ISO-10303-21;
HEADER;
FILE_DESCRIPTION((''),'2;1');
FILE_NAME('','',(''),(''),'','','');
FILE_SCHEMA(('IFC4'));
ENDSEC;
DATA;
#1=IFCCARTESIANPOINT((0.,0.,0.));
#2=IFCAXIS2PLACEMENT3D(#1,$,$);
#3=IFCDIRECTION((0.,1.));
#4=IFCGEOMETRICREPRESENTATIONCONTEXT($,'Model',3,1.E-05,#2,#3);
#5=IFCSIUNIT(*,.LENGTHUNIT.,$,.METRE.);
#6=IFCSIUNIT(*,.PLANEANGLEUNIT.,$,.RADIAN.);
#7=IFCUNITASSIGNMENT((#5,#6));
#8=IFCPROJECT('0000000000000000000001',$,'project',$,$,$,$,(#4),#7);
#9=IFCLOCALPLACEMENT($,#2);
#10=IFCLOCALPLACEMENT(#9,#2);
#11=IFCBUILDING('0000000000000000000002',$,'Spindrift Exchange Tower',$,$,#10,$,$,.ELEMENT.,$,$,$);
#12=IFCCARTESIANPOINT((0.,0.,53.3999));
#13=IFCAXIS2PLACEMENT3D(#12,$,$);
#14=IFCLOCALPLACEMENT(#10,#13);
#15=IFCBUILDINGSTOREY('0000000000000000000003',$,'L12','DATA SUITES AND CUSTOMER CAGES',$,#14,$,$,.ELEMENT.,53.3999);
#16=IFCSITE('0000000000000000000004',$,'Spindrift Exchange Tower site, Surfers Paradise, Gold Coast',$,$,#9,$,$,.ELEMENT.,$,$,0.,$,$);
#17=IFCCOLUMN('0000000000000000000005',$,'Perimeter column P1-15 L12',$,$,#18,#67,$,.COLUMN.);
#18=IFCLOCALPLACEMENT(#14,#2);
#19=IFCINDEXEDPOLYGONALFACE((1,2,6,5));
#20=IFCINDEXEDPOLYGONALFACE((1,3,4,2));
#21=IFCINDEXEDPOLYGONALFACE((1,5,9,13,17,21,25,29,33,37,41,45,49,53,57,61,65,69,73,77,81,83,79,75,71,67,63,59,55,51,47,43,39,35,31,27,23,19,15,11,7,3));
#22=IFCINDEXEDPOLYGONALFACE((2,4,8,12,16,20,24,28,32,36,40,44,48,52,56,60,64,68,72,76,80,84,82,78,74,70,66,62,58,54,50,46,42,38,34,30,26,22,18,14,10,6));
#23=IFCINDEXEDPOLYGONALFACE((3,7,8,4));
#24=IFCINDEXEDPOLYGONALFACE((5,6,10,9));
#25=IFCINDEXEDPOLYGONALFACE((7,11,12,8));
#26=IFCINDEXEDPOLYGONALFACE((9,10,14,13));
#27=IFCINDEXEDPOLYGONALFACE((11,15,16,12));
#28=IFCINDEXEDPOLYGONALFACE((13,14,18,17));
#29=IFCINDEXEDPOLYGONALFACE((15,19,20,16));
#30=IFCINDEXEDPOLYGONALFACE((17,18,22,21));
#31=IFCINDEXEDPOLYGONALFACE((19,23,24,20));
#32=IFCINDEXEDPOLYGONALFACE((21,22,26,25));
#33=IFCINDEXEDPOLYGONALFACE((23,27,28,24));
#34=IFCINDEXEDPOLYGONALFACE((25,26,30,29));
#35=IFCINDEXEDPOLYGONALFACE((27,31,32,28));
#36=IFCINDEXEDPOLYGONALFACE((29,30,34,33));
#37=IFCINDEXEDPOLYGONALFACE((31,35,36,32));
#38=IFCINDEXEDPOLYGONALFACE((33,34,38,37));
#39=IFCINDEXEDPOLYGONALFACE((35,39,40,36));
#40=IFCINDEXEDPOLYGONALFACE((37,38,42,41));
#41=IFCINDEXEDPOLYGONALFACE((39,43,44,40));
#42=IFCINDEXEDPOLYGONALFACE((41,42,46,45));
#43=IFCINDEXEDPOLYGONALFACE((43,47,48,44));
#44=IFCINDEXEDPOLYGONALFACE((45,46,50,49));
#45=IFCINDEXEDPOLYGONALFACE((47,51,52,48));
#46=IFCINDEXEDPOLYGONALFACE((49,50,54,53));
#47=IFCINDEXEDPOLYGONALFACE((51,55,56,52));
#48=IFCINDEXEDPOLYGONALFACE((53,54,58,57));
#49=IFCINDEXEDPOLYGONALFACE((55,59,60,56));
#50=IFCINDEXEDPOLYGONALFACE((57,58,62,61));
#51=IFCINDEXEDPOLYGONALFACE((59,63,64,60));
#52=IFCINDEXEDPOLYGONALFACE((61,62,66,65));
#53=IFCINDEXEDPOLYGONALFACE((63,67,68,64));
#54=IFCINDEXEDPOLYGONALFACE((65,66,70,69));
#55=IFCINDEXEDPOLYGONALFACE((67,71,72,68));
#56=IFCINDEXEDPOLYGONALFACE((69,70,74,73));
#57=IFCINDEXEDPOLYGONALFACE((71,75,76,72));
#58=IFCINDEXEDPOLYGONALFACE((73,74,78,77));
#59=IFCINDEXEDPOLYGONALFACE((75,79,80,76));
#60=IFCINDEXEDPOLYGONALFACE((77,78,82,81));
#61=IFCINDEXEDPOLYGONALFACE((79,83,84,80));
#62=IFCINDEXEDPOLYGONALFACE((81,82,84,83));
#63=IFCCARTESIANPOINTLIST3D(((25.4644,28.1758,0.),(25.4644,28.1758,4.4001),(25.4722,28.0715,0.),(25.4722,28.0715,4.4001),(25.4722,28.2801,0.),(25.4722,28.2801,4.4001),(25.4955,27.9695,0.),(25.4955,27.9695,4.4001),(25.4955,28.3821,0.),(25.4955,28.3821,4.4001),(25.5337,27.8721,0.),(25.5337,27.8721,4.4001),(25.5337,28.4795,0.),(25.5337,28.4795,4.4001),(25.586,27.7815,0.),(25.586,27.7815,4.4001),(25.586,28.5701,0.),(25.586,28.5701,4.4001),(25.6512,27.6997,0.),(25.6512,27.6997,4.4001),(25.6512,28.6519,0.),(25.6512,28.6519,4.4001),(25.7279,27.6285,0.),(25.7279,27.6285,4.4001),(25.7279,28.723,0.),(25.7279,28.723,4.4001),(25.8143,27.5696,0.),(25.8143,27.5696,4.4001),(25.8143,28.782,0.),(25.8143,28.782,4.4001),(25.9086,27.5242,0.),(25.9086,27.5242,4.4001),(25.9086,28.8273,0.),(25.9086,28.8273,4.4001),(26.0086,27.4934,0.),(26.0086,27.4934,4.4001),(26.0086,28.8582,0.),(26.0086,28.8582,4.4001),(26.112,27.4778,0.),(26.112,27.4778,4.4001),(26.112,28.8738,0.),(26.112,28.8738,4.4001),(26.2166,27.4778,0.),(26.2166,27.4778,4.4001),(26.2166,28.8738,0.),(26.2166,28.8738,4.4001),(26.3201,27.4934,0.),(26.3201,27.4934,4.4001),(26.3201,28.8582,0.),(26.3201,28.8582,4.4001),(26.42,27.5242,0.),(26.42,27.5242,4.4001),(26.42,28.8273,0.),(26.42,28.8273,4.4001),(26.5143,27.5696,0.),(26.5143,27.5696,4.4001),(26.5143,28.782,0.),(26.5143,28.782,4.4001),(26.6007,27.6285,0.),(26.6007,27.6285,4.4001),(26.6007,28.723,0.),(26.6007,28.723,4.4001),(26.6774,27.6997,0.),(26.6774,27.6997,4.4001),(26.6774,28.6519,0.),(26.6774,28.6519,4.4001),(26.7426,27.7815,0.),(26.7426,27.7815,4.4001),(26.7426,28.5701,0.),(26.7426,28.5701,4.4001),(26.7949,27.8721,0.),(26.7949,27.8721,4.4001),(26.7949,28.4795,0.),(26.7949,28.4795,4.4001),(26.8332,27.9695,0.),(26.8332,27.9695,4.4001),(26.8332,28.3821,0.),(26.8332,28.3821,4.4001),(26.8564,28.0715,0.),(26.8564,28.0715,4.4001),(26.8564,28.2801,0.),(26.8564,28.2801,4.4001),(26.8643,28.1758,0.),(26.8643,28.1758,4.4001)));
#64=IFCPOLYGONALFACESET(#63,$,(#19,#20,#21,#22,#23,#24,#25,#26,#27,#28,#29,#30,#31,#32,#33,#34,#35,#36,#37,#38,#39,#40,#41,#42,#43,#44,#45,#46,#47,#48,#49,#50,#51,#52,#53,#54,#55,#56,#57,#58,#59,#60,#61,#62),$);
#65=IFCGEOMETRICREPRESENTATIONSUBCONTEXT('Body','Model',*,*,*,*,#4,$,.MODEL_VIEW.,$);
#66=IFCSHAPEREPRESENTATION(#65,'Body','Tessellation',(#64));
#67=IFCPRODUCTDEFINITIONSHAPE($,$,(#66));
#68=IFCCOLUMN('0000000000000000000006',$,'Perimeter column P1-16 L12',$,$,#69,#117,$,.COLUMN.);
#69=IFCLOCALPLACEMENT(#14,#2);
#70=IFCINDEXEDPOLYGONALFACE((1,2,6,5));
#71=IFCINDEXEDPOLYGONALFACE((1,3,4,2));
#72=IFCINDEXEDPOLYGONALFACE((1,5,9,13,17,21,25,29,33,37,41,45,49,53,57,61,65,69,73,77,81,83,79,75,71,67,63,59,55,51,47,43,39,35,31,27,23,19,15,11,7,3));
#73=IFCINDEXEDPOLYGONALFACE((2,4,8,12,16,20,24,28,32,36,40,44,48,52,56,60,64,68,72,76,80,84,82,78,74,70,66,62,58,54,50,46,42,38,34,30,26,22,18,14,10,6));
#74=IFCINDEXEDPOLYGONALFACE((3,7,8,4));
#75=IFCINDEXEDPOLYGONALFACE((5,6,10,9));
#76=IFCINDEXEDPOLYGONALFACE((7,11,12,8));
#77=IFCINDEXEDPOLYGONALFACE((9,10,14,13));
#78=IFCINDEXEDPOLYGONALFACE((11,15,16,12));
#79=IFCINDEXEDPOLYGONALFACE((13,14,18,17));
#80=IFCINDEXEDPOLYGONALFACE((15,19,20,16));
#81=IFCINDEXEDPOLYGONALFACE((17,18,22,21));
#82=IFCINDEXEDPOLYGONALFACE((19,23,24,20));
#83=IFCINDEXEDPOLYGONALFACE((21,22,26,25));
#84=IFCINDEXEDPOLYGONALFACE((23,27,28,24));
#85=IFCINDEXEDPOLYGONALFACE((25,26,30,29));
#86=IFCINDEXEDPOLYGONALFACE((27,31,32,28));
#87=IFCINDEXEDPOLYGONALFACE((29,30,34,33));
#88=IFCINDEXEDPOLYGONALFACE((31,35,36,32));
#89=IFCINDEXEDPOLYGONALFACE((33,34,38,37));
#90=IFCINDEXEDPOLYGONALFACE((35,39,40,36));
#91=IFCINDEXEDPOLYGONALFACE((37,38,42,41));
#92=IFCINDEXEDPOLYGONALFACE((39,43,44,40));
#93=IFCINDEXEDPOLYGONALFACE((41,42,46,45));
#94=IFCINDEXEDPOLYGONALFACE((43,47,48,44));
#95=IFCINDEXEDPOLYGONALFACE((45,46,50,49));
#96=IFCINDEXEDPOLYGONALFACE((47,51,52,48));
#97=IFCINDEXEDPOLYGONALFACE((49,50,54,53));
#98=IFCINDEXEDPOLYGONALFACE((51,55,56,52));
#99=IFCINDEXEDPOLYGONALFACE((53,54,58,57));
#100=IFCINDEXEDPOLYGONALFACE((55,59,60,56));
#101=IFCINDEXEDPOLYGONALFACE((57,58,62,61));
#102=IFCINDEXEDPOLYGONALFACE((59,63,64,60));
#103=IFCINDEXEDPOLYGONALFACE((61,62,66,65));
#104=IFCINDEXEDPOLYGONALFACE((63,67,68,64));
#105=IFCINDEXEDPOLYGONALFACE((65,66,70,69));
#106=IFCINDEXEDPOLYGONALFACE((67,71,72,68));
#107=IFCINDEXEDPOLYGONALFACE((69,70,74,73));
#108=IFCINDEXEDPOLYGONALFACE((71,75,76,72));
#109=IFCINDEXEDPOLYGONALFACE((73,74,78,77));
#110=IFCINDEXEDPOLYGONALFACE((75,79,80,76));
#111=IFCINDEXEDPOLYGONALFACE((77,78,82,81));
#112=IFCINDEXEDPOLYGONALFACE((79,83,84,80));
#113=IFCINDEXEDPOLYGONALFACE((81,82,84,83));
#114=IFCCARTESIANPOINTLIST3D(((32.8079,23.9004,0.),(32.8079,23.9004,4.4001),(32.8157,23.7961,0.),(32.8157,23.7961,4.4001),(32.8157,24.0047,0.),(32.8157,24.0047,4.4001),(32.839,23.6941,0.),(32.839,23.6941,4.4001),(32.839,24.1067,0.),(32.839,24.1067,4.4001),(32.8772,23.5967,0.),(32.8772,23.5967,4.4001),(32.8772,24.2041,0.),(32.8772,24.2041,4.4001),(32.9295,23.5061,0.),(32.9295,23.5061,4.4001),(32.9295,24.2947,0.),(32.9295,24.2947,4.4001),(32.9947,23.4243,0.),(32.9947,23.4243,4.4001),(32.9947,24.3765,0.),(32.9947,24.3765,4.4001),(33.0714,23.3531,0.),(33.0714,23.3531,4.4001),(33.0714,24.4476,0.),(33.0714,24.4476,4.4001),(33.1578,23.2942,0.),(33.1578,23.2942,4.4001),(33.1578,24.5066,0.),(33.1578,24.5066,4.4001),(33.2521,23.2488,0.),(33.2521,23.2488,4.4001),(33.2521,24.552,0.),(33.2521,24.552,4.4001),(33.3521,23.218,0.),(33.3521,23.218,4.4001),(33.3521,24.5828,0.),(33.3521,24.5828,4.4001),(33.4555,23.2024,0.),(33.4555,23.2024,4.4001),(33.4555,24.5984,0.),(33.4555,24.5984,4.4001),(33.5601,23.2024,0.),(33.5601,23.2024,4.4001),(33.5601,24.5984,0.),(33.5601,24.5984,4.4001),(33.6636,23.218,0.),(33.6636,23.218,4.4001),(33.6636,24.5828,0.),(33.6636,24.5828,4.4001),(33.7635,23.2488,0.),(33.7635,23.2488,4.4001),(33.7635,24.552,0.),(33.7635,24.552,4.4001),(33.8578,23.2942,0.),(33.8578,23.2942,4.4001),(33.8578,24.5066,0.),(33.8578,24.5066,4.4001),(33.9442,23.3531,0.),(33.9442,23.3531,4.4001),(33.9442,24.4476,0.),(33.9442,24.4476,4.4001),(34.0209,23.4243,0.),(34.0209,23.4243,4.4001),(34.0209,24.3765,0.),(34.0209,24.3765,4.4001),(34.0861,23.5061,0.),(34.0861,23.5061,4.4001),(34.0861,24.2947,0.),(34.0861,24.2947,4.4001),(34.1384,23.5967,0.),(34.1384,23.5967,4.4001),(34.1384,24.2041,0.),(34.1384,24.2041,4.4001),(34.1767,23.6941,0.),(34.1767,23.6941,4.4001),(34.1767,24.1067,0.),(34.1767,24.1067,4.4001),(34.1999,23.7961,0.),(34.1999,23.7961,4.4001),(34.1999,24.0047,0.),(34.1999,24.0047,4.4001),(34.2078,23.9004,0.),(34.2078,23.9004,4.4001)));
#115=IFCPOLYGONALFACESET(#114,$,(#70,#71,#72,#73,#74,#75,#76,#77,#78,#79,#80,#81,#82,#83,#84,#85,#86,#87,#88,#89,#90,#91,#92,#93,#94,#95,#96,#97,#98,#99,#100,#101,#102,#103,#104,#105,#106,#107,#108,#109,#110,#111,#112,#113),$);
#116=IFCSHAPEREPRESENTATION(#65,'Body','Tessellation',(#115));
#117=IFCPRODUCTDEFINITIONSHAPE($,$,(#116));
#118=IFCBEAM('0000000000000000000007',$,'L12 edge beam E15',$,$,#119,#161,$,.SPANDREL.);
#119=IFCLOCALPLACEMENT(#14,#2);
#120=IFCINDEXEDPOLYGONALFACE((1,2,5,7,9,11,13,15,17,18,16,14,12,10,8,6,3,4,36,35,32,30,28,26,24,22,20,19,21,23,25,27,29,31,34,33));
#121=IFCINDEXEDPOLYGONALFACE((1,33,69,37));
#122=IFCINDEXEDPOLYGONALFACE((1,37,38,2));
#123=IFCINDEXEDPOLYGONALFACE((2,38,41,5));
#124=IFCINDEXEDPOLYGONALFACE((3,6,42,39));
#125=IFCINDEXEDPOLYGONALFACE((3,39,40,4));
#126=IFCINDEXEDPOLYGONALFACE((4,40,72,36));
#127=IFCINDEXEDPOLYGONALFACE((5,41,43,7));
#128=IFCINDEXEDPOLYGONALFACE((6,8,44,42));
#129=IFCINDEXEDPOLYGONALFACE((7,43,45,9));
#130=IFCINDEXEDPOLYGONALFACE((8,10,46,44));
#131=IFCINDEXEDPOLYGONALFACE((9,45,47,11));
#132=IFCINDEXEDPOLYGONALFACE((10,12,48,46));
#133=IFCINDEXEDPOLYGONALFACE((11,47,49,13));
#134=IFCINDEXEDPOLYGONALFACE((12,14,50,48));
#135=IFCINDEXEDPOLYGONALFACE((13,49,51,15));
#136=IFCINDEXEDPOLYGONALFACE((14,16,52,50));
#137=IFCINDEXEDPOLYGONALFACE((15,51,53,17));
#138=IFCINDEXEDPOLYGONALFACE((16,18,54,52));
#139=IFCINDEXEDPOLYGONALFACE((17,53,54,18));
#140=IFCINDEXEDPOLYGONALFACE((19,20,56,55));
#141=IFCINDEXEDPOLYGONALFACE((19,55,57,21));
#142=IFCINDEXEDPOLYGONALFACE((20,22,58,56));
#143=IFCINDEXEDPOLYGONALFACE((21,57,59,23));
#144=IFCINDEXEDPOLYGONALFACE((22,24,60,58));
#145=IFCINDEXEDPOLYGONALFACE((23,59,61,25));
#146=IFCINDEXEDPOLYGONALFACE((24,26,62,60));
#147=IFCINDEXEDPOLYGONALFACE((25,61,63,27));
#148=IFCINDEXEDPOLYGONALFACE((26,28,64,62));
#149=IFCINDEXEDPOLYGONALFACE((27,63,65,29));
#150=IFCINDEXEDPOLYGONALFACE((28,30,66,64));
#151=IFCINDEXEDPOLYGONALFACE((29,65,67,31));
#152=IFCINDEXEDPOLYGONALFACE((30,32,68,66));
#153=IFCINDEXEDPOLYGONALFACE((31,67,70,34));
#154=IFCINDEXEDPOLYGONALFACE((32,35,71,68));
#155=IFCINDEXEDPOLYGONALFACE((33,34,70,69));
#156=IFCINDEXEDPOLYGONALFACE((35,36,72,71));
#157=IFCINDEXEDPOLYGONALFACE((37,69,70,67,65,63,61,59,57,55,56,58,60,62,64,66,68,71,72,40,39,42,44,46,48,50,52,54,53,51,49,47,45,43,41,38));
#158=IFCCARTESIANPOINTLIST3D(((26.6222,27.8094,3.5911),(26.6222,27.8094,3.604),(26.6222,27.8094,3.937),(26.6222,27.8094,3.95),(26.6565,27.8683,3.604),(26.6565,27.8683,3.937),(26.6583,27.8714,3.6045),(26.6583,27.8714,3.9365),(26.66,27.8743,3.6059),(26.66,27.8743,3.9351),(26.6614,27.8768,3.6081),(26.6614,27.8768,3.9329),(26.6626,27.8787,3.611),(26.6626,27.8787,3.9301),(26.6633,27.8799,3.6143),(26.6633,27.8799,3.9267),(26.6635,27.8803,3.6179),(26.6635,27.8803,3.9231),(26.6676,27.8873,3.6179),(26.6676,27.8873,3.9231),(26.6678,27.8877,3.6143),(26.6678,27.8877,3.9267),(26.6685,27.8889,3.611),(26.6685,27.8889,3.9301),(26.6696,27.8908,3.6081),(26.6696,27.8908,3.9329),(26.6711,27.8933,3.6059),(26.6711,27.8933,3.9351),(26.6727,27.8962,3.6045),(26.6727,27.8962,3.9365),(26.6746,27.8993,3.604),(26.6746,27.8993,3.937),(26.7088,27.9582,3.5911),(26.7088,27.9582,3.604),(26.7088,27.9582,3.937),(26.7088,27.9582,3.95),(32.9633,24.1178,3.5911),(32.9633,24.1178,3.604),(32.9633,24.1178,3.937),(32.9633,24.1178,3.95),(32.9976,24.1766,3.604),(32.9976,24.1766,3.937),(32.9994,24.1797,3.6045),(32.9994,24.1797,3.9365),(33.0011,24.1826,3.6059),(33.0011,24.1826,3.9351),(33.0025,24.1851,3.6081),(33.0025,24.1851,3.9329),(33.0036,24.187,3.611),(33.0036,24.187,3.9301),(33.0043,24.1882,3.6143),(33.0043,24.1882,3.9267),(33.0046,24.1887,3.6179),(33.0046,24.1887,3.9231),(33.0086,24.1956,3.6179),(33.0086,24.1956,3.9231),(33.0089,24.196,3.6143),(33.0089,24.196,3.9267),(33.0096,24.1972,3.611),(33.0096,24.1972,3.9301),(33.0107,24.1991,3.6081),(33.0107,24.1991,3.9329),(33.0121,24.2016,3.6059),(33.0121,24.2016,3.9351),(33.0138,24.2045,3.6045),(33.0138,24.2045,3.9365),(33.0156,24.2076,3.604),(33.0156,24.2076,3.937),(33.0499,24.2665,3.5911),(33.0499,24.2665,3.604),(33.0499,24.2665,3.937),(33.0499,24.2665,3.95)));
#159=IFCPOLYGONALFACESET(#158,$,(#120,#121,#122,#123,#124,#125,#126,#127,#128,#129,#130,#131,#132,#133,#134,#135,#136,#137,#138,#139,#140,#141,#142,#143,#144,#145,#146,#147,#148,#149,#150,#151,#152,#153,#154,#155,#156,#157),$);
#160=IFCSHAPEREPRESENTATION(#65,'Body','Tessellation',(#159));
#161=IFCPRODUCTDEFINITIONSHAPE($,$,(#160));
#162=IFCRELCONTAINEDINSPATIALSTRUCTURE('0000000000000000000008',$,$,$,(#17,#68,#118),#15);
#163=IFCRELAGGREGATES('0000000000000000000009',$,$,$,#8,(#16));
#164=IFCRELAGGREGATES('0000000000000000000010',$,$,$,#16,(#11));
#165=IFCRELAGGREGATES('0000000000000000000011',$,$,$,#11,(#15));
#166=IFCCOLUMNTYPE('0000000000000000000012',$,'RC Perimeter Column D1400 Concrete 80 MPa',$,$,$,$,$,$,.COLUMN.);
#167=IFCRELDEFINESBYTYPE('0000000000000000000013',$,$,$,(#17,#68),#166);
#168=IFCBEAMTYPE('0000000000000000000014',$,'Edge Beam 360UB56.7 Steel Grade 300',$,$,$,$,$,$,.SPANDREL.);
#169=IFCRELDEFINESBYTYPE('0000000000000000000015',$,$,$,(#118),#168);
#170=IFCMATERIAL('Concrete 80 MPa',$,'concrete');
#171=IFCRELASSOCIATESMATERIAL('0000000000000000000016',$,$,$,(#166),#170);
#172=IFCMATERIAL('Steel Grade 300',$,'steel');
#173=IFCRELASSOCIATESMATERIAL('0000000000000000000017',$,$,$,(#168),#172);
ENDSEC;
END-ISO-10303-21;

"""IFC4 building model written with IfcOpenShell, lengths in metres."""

from ifc_helpers import new_model, si_unit, direction, frame, origin, origin_2d, place, context, subcontext, project, spatial, circle, i_section, extrude, source, transform, mapped, material, material_profile, profile_set, type_object, element, save


model = new_model("IFC4")

# Units and contexts
model_context = context("Model", 3, precision=1e-05, world=origin(), true_north=direction((0.0, 1.0)))
body_context = subcontext(model_context, "Body", "Model", "MODEL_VIEW")
ifc_project = project(units=[si_unit("LENGTHUNIT", "METRE"), si_unit("PLANEANGLEUNIT", "RADIAN")], contexts=[model_context])

# Site, building, storey
site_placement = place(None, origin())
site = spatial("IfcSite", under=ifc_project, at=site_placement, Name="Spindrift Exchange Tower site, Surfers Paradise, Gold Coast", CompositionType="ELEMENT", RefElevation=0.0)
building_placement = place(site_placement, origin())
building = spatial("IfcBuilding", under=site, at=building_placement, Name="Spindrift Exchange Tower", CompositionType="ELEMENT")
storey_placement = place(building_placement, frame((0.0, 0.0, 53.3999)))
storey = spatial("IfcBuildingStorey", under=building, at=storey_placement, Name="L12", Description="DATA SUITES AND CUSTOMER CAGES", CompositionType="ELEMENT", Elevation=53.3999)

# Columns
ifc_material_1 = material(Name="Concrete 80 MPa", Category="concrete")
ifc_material_profile_1 = material_profile(ifc_material_1, circle(Radius=0.7, at=origin_2d()), Name="RC D1400")
ifc_profile_set_1 = profile_set([ifc_material_profile_1], Name="Concrete 80 MPa")
column_type = type_object("IfcColumnType", Name="RC Perimeter Column D1400 Concrete 80 MPa", PredefinedType="COLUMN", material=ifc_profile_set_1)
shared_shape_1 = source(origin(), body_context, "Body", "SweptSolid", [
    extrude(circle(Radius=0.7, at=origin_2d()), origin(), (0.0, 0.0, 1.0), 4.4001),
])
for number, where, z_axis, x_axis, name in (
    (1, (26.1643, 28.1758, 0.0), (0.0, 0.0, 1.0), (1.0, 0.0, 0.0), "Perimeter column P1-15 L12"),
    (2, (33.5078, 23.9004, 0.0), (0.0, 0.0, 1.0), (1.0, 0.0, 0.0), "Perimeter column P1-16 L12"),
):
    element("IfcColumn", number, at=place(storey_placement, frame(where, z_axis=z_axis, x_axis=x_axis)), inside=storey, type_object=column_type, Name=name, PredefinedType="COLUMN", context=body_context, shape_type="MappedRepresentation", body=[
        mapped(shared_shape_1, transform((0.0, 0.0, 0.0), scale=1.0)),
    ])

# Beam
ifc_material_2 = material(Name="Steel Grade 300", Category="steel")
ifc_material_profile_2 = material_profile(ifc_material_2, i_section(OverallWidth=0.1721, OverallDepth=0.3589, WebThickness=0.0081, FlangeThickness=0.0129, FilletRadius=0.0139, at=origin_2d()), Name="360UB56.7")
ifc_profile_set_2 = profile_set([ifc_material_profile_2], Name="Steel Grade 300")
beam_type_1 = type_object("IfcBeamType", Name="Edge Beam 360UB56.7 Steel Grade 300", PredefinedType="SPANDREL", material=ifc_profile_set_2)
shared_shape_2 = source(origin(), body_context, "Body", "SweptSolid", [
    extrude(i_section(OverallWidth=0.1721, OverallDepth=0.3589, WebThickness=0.0081, FlangeThickness=0.0129, FilletRadius=0.0139, at=origin_2d()), origin(), (0.0, 0.0, 1.0), 7.3374),
])
beam_1_placement = place(storey_placement, frame((26.6655, 27.8838, 3.7705), z_axis=(0.864212, -0.503128, 0.0), x_axis=(0.503128, 0.864212, 0.0)))
element("IfcBeam", 3, at=beam_1_placement, inside=storey, type_object=beam_type_1, Name="L12 edge beam E15", PredefinedType="SPANDREL", context=body_context, shape_type="MappedRepresentation", body=[
    mapped(shared_shape_2, transform((0.0, 0.0, 0.0), scale=1.0)),
])

save(model, "model.ifc")
